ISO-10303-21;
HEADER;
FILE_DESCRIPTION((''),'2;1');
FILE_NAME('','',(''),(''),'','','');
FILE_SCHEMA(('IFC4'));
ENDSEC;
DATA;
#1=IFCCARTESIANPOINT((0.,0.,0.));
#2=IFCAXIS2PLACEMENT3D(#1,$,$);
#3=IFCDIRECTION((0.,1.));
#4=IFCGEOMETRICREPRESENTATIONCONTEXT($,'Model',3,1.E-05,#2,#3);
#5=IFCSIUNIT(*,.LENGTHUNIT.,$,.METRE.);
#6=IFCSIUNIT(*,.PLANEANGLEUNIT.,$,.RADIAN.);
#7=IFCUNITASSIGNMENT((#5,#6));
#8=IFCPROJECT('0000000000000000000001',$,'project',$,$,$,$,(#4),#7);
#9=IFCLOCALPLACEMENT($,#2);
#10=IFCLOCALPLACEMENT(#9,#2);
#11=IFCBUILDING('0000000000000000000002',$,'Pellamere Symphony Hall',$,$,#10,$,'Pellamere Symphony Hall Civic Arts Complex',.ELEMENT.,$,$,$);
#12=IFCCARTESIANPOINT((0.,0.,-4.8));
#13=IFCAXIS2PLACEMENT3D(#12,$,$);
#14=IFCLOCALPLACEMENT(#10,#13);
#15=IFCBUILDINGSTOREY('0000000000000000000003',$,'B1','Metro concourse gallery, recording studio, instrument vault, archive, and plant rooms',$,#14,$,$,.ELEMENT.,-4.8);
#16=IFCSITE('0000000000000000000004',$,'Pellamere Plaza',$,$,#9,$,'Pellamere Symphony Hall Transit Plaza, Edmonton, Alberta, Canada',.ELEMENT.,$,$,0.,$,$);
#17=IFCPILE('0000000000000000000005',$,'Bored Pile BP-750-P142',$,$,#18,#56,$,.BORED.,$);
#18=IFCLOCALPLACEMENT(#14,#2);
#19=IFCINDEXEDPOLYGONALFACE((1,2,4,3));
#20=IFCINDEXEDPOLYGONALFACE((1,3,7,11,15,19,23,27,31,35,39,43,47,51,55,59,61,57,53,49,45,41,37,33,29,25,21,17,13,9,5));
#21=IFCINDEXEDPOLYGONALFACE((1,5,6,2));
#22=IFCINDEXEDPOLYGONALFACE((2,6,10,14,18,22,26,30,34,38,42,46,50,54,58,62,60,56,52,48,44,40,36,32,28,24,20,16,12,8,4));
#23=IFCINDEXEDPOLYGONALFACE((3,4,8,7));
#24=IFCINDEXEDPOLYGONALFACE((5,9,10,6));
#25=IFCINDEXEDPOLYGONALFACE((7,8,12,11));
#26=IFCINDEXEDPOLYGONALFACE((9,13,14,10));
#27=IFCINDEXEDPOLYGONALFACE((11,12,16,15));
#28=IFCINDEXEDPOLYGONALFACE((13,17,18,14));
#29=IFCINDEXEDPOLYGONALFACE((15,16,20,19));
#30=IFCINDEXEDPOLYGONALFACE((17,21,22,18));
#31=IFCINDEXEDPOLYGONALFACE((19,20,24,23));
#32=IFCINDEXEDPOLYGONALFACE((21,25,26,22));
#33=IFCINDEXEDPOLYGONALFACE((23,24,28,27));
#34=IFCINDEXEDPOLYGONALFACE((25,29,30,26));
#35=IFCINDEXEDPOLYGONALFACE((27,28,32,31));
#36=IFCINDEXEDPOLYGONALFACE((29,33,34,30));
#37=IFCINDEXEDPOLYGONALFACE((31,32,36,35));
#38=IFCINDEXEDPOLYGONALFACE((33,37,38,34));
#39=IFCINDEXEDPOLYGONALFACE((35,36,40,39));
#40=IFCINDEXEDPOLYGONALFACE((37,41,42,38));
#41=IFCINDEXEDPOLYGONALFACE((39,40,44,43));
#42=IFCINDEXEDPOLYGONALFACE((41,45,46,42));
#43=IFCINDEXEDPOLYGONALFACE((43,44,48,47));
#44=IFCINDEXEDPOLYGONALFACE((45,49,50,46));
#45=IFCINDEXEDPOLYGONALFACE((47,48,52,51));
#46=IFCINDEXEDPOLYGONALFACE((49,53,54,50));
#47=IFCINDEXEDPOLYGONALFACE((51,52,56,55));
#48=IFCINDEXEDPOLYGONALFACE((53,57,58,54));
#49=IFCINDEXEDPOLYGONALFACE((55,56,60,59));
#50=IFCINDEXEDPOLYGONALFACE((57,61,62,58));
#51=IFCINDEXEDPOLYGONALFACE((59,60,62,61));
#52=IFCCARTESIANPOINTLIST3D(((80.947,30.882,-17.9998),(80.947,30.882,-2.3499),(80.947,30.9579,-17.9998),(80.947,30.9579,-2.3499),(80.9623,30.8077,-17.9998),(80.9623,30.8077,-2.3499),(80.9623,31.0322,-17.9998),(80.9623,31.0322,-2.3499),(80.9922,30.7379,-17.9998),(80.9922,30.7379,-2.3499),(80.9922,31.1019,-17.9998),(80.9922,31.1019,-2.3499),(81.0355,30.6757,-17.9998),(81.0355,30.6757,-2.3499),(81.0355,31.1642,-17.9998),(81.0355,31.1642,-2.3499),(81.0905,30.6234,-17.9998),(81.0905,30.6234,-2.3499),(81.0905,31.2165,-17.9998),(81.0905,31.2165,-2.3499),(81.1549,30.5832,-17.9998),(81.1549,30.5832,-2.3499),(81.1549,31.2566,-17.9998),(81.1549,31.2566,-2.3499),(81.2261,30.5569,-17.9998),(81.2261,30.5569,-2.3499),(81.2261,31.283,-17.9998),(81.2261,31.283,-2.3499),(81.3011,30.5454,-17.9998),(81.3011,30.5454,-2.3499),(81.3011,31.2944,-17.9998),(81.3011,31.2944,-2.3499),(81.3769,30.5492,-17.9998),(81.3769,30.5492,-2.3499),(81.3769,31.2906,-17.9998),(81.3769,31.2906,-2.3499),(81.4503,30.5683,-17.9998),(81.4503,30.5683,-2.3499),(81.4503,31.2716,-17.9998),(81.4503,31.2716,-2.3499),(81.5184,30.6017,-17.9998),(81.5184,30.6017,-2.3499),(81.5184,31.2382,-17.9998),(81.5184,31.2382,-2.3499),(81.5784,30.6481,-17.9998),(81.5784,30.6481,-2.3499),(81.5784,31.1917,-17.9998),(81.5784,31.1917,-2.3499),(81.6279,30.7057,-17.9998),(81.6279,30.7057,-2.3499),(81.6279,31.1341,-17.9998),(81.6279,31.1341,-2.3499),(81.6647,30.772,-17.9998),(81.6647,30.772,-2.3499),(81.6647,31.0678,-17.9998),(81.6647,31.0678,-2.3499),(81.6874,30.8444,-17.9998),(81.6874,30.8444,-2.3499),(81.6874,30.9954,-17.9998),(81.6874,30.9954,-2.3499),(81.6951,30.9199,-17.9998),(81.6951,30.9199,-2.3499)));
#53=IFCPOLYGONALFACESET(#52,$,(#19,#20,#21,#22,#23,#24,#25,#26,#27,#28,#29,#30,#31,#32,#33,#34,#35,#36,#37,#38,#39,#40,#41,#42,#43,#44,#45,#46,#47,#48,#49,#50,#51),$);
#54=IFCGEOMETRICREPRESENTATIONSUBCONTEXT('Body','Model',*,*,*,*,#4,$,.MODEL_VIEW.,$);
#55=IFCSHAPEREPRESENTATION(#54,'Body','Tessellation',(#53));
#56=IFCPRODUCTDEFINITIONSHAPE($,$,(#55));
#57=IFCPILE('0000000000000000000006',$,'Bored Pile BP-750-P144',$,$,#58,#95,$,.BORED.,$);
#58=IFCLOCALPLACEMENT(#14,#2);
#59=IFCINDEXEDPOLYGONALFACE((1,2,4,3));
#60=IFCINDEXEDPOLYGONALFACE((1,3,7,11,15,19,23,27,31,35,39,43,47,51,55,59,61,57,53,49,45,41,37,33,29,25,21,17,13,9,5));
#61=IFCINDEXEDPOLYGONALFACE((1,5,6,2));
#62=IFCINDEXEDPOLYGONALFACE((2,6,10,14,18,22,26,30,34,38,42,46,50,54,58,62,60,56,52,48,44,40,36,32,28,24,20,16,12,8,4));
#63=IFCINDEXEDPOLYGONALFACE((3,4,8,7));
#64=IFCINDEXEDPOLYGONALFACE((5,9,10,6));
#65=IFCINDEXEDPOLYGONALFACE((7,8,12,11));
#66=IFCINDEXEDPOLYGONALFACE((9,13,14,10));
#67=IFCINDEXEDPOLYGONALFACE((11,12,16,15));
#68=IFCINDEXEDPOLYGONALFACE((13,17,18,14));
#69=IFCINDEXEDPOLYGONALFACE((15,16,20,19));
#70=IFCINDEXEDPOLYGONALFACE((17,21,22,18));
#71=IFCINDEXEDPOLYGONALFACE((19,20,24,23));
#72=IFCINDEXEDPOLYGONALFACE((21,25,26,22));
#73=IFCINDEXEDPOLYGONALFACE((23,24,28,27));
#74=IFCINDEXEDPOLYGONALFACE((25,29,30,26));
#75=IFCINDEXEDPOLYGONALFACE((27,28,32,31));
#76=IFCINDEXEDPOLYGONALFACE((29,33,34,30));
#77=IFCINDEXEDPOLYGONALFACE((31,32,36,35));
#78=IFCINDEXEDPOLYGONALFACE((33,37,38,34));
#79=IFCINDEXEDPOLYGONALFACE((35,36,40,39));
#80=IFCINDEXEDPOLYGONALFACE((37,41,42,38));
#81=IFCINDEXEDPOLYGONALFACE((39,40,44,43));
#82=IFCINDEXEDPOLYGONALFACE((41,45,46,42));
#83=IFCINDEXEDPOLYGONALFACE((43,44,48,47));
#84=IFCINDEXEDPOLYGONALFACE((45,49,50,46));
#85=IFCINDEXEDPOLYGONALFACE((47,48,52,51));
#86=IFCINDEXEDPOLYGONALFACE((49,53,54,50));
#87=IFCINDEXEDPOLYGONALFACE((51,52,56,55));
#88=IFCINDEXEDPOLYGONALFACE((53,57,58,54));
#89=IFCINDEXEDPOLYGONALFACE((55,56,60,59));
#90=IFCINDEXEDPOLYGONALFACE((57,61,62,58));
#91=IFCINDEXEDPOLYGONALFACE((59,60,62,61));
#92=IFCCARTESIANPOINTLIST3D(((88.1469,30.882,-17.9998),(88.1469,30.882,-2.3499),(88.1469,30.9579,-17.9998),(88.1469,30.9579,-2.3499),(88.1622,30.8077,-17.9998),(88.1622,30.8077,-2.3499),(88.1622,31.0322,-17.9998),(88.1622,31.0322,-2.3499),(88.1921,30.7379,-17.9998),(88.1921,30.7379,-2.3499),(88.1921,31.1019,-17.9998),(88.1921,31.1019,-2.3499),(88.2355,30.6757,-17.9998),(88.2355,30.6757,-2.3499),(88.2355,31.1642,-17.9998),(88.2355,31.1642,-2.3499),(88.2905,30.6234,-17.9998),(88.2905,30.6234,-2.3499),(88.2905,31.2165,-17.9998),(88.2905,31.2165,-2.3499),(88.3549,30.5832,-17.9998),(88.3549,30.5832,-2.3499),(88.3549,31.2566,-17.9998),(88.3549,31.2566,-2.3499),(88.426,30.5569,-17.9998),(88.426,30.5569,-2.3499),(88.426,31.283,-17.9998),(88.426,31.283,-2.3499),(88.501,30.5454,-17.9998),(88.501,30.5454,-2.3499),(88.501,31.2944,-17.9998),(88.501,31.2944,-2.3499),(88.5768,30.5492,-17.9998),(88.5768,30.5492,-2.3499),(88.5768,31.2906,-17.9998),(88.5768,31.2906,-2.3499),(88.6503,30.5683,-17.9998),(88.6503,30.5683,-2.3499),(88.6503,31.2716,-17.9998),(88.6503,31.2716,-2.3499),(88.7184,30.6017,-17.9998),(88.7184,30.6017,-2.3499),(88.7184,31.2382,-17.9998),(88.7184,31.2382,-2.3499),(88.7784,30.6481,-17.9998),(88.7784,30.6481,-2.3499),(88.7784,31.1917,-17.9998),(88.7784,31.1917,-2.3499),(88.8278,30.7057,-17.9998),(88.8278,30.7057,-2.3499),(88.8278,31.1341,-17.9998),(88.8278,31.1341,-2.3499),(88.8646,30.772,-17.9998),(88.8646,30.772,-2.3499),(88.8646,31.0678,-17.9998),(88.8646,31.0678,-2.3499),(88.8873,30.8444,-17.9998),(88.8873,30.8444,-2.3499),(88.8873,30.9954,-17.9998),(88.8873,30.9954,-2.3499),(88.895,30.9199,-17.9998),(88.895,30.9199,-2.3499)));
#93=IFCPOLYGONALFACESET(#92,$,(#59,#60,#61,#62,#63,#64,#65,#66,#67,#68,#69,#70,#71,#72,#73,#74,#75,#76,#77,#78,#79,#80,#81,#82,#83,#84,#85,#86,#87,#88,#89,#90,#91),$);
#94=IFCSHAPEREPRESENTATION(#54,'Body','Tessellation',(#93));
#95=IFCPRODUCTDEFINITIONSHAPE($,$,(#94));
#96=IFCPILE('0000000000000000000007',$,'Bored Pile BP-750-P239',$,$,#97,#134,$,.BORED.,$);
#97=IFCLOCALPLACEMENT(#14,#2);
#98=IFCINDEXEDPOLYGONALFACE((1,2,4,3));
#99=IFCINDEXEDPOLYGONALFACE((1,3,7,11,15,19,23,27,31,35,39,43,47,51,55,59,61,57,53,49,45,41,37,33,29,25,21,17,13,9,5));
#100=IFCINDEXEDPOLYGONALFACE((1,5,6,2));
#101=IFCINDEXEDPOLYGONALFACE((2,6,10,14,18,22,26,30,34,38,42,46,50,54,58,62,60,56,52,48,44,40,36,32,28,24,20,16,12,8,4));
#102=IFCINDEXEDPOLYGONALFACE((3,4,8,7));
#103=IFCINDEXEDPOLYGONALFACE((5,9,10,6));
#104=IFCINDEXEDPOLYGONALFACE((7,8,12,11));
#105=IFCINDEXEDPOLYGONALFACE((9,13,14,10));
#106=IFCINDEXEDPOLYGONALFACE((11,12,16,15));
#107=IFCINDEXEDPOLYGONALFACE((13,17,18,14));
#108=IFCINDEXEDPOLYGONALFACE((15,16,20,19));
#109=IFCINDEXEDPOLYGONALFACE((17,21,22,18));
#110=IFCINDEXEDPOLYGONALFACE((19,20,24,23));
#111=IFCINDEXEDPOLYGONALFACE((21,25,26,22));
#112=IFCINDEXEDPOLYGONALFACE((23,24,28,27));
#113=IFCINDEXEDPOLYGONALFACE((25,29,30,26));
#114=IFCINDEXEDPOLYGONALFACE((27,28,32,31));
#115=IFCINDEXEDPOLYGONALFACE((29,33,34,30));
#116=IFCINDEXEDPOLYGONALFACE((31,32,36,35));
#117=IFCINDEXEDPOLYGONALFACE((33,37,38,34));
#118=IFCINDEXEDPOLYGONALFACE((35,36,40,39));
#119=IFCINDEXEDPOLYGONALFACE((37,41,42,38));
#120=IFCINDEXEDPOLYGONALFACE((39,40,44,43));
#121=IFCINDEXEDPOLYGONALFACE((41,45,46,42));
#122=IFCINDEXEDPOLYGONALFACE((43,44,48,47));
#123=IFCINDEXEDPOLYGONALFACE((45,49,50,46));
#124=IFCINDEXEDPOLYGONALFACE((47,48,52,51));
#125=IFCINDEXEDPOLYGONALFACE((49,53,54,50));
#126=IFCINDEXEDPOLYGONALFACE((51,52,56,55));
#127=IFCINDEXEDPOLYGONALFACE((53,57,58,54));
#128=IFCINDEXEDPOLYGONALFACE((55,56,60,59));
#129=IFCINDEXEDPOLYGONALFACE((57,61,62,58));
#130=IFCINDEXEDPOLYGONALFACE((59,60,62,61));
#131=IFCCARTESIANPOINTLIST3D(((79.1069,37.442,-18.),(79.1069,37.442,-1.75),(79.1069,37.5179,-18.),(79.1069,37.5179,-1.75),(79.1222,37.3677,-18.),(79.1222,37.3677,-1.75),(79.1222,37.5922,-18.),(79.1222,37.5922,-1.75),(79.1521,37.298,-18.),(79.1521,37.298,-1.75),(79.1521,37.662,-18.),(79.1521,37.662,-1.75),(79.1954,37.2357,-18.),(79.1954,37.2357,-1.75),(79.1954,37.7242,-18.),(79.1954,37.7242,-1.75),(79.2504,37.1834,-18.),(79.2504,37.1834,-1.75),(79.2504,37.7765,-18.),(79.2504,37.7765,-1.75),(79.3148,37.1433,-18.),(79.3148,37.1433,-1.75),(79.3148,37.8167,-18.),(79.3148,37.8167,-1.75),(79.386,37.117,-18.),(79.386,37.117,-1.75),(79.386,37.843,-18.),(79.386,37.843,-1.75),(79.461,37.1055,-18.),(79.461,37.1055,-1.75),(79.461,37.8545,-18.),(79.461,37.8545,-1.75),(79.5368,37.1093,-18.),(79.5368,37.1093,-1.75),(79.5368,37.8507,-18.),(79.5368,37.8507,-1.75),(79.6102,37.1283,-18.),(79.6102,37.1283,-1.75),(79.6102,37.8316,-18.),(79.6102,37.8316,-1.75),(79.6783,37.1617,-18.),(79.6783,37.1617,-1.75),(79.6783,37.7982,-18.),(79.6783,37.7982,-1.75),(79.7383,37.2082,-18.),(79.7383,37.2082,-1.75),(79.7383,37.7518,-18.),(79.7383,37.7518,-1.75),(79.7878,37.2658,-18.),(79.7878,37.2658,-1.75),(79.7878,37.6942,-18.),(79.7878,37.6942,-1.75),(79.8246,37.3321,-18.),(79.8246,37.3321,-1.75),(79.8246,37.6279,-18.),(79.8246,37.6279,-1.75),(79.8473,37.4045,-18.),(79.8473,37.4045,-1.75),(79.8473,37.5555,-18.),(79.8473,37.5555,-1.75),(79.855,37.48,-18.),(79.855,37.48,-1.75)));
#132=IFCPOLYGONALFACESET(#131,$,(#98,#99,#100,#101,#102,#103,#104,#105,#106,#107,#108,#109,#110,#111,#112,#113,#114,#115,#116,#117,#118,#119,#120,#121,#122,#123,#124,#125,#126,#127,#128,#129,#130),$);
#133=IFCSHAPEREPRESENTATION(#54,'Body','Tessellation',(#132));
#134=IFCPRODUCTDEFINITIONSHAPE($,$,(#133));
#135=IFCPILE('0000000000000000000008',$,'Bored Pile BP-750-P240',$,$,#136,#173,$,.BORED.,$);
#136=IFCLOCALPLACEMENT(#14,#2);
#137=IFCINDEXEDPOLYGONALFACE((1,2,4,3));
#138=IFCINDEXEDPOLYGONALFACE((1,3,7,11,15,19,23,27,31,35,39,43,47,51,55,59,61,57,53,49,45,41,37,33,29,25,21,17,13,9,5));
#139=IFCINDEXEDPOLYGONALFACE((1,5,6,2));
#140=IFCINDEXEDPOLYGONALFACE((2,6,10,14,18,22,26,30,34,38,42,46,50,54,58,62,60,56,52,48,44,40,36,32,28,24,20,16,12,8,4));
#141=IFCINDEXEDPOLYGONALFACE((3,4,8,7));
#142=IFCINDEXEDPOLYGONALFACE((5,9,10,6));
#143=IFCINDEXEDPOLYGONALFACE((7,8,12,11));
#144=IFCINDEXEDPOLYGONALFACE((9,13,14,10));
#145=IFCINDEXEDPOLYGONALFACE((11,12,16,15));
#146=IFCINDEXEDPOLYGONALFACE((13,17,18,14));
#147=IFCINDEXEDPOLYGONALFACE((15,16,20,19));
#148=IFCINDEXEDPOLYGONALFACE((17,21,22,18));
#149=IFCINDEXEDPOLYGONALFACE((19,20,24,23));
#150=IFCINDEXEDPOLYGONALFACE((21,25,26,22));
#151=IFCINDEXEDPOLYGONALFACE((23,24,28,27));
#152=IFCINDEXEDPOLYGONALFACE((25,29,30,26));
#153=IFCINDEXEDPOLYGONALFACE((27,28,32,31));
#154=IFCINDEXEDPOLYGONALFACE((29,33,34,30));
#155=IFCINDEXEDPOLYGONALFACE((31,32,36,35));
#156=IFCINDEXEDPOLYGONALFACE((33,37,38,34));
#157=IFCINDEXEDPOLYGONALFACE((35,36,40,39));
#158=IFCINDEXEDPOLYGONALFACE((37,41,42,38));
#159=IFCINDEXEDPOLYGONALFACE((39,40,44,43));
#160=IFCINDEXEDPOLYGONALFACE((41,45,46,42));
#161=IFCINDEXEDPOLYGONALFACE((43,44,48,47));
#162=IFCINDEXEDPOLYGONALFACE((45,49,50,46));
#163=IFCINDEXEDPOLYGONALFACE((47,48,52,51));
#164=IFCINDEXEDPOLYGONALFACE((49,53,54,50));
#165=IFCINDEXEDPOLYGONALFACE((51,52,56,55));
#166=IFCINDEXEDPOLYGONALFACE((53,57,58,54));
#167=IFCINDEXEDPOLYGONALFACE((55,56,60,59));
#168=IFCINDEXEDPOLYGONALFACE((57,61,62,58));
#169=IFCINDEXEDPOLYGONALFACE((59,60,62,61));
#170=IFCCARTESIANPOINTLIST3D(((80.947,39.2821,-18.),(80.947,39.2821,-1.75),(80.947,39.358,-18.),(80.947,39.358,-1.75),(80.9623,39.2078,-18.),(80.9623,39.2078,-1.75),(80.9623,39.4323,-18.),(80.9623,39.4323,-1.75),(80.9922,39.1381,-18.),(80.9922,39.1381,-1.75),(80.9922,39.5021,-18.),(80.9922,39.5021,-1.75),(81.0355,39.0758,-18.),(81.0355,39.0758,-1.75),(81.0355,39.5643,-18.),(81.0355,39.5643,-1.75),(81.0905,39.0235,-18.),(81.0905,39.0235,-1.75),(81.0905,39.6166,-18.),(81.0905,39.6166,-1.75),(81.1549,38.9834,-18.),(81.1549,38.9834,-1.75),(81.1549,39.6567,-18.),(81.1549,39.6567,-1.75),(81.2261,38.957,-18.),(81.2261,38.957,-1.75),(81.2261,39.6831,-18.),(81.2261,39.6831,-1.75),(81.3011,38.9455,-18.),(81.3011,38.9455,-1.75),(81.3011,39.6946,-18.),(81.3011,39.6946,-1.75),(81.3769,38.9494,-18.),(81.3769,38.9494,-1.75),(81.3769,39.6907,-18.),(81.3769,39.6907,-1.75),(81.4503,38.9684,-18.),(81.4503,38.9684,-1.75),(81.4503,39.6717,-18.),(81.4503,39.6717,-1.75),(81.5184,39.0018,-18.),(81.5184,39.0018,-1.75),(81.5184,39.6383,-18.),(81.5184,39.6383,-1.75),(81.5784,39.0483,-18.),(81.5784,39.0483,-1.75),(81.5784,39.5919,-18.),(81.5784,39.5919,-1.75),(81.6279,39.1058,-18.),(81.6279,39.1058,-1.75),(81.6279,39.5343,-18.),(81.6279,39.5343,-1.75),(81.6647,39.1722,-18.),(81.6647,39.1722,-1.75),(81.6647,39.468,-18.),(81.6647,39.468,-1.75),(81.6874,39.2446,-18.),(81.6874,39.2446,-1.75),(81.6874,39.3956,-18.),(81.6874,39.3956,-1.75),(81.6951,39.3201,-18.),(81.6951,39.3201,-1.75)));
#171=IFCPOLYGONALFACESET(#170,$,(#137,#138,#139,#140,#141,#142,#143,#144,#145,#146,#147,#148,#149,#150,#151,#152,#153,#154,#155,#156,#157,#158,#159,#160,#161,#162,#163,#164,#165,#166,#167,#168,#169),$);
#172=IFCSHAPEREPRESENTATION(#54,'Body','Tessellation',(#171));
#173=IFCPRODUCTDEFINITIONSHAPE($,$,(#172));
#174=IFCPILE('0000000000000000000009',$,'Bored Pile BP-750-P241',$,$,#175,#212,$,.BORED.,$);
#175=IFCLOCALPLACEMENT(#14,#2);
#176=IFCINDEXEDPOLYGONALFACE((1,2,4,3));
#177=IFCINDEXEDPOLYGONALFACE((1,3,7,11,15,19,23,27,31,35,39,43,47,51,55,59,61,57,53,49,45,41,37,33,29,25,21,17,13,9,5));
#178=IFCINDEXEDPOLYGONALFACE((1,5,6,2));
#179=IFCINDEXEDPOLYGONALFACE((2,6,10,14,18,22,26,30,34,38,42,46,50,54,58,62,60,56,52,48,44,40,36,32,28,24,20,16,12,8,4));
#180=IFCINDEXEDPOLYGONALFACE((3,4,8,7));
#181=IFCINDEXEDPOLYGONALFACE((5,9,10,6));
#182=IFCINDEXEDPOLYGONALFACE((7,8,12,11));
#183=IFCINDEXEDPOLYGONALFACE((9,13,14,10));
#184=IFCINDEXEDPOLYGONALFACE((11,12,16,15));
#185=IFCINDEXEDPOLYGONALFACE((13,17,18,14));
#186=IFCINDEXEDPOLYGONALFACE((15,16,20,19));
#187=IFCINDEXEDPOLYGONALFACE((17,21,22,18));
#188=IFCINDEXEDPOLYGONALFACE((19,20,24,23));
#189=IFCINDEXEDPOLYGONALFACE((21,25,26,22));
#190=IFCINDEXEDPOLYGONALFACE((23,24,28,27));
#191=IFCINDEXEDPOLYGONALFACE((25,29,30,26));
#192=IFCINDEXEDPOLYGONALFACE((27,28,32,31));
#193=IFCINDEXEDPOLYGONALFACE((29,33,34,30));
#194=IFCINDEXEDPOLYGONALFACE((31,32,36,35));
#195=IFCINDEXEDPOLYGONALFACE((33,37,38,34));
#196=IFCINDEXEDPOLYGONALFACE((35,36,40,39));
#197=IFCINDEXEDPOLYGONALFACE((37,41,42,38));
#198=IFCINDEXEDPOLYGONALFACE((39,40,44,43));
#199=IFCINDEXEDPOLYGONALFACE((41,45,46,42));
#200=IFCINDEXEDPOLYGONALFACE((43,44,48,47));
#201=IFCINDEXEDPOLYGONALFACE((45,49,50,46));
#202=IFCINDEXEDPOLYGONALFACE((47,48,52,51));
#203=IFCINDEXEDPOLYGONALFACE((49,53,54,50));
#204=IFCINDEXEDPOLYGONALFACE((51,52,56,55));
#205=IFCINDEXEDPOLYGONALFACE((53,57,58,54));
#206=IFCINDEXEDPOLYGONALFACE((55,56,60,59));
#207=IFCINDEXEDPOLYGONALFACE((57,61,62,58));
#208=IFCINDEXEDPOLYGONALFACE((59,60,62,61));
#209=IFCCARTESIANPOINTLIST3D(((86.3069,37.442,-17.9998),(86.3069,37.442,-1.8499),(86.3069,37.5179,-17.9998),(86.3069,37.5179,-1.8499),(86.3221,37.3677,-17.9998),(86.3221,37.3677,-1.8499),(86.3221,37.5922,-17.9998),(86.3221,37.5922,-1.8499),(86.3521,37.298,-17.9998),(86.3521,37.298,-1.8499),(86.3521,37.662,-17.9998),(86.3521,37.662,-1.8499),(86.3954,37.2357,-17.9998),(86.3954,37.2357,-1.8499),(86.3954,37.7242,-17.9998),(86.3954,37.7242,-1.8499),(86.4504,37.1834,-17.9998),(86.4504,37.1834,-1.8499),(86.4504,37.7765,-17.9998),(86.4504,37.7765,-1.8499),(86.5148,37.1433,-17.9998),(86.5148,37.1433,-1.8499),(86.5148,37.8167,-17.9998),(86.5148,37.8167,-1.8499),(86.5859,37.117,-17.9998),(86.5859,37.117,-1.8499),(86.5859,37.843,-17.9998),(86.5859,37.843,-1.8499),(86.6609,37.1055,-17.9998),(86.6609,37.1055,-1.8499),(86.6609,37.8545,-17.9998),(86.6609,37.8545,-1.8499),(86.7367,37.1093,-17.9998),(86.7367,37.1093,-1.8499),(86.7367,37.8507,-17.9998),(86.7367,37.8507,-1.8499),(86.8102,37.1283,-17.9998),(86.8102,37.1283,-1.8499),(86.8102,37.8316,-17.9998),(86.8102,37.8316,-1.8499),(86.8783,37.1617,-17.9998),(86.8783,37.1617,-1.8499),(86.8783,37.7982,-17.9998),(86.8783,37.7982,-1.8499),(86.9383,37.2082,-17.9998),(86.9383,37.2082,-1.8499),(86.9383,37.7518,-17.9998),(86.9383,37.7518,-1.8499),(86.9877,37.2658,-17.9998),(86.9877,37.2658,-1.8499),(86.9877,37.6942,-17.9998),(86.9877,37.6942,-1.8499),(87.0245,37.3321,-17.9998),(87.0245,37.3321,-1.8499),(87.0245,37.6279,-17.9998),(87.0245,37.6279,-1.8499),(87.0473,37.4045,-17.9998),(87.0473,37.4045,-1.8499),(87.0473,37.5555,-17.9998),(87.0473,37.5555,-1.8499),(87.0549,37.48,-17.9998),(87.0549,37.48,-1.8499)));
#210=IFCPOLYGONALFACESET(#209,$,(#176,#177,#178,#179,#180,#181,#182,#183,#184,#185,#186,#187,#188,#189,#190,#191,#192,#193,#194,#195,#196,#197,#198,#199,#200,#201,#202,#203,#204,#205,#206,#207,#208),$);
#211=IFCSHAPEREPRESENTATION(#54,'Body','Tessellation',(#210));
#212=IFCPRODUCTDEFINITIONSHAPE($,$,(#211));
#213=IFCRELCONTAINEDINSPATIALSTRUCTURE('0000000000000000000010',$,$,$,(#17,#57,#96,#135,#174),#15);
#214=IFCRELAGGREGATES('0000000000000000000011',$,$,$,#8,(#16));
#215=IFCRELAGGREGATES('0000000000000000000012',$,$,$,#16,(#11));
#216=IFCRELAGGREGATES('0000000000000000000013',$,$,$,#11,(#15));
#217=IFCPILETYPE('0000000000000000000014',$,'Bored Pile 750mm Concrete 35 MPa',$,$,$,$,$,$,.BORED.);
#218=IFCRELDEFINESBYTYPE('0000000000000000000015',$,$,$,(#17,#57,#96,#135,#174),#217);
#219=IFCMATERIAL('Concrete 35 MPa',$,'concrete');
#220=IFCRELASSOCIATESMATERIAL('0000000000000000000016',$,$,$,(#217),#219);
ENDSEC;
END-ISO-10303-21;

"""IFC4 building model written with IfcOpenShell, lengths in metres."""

from ifc_helpers import new_model, si_unit, direction, frame, origin, origin_2d, place, context, subcontext, project, spatial, circle, extrude, material, material_profile, profile_set, type_object, element, save


model = new_model("IFC4")

# Units and contexts
model_context = context("Model", 3, precision=1e-05, world=origin(), true_north=direction((0.0, 1.0)))
body_context = subcontext(model_context, "Body", "Model", "MODEL_VIEW")
ifc_project = project(units=[si_unit("LENGTHUNIT", "METRE"), si_unit("PLANEANGLEUNIT", "RADIAN")], contexts=[model_context])

# Site, building, storey
site_placement = place(None, origin())
site = spatial("IfcSite", under=ifc_project, at=site_placement, Name="Pellamere Plaza", LongName="Pellamere Symphony Hall Transit Plaza, Edmonton, Alberta, Canada", CompositionType="ELEMENT", RefElevation=0.0)
building_placement = place(site_placement, origin())
building = spatial("IfcBuilding", under=site, at=building_placement, Name="Pellamere Symphony Hall", LongName="Pellamere Symphony Hall Civic Arts Complex", CompositionType="ELEMENT")
storey_placement = place(building_placement, frame((0.0, 0.0, -4.8)))
storey = spatial("IfcBuildingStorey", under=building, at=storey_placement, Name="B1", Description="Metro concourse gallery, recording studio, instrument vault, archive, and plant rooms", CompositionType="ELEMENT", Elevation=-4.8)

# Piles
ifc_material_1 = material(Name="Concrete 35 MPa", Category="concrete")
ifc_material_profile_1 = material_profile(ifc_material_1, circle(Radius=0.375, at=origin_2d()), Name="PILE D750")
ifc_profile_set_1 = profile_set([ifc_material_profile_1], Name="Concrete 35 MPa")
pile_type = type_object("IfcPileType", Name="Bored Pile 750mm Concrete 35 MPa", PredefinedType="BORED", material=ifc_profile_set_1)
for number, where, z_axis, x_axis, name in (
    (1, (81.3201, 30.9199, -2.3499), (0.0, 0.0, -1.0), (1.0, 0.0, 0.0), "Bored Pile BP-750-P142"),
    (2, (88.52, 30.9199, -2.3499), (0.0, 0.0, -1.0), (1.0, 0.0, 0.0), "Bored Pile BP-750-P144"),
):
    element("IfcPile", number, at=place(storey_placement, frame(where, z_axis=z_axis, x_axis=x_axis)), inside=storey, type_object=pile_type, Name=name, PredefinedType="BORED", context=body_context, shape_type="SweptSolid", body=[
        extrude(circle(Radius=0.375, at=origin_2d()), origin(), (0.0, 0.0, 1.0), 15.6499),
    ])
for number, where, z_axis, x_axis, name in (
    (3, (79.48, 37.48, -1.75), (0.0, 0.0, -1.0), (1.0, 0.0, 0.0), "Bored Pile BP-750-P239"),
    (4, (81.3201, 39.3201, -1.75), (0.0, 0.0, -1.0), (1.0, 0.0, 0.0), "Bored Pile BP-750-P240"),
):
    element("IfcPile", number, at=place(storey_placement, frame(where, z_axis=z_axis, x_axis=x_axis)), inside=storey, type_object=pile_type, Name=name, PredefinedType="BORED", context=body_context, shape_type="SweptSolid", body=[
        extrude(circle(Radius=0.375, at=origin_2d()), origin(), (0.0, 0.0, 1.0), 16.25),
    ])
for number, where, z_axis, x_axis, name in (
    (5, (86.6799, 37.48, -1.8499), (0.0, 0.0, -1.0), (1.0, 0.0, 0.0), "Bored Pile BP-750-P241"),
):
    element("IfcPile", number, at=place(storey_placement, frame(where, z_axis=z_axis, x_axis=x_axis)), inside=storey, type_object=pile_type, Name=name, PredefinedType="BORED", context=body_context, shape_type="SweptSolid", body=[
        extrude(circle(Radius=0.375, at=origin_2d()), origin(), (0.0, 0.0, 1.0), 16.1499),
    ])

save(model, "model.ifc")
